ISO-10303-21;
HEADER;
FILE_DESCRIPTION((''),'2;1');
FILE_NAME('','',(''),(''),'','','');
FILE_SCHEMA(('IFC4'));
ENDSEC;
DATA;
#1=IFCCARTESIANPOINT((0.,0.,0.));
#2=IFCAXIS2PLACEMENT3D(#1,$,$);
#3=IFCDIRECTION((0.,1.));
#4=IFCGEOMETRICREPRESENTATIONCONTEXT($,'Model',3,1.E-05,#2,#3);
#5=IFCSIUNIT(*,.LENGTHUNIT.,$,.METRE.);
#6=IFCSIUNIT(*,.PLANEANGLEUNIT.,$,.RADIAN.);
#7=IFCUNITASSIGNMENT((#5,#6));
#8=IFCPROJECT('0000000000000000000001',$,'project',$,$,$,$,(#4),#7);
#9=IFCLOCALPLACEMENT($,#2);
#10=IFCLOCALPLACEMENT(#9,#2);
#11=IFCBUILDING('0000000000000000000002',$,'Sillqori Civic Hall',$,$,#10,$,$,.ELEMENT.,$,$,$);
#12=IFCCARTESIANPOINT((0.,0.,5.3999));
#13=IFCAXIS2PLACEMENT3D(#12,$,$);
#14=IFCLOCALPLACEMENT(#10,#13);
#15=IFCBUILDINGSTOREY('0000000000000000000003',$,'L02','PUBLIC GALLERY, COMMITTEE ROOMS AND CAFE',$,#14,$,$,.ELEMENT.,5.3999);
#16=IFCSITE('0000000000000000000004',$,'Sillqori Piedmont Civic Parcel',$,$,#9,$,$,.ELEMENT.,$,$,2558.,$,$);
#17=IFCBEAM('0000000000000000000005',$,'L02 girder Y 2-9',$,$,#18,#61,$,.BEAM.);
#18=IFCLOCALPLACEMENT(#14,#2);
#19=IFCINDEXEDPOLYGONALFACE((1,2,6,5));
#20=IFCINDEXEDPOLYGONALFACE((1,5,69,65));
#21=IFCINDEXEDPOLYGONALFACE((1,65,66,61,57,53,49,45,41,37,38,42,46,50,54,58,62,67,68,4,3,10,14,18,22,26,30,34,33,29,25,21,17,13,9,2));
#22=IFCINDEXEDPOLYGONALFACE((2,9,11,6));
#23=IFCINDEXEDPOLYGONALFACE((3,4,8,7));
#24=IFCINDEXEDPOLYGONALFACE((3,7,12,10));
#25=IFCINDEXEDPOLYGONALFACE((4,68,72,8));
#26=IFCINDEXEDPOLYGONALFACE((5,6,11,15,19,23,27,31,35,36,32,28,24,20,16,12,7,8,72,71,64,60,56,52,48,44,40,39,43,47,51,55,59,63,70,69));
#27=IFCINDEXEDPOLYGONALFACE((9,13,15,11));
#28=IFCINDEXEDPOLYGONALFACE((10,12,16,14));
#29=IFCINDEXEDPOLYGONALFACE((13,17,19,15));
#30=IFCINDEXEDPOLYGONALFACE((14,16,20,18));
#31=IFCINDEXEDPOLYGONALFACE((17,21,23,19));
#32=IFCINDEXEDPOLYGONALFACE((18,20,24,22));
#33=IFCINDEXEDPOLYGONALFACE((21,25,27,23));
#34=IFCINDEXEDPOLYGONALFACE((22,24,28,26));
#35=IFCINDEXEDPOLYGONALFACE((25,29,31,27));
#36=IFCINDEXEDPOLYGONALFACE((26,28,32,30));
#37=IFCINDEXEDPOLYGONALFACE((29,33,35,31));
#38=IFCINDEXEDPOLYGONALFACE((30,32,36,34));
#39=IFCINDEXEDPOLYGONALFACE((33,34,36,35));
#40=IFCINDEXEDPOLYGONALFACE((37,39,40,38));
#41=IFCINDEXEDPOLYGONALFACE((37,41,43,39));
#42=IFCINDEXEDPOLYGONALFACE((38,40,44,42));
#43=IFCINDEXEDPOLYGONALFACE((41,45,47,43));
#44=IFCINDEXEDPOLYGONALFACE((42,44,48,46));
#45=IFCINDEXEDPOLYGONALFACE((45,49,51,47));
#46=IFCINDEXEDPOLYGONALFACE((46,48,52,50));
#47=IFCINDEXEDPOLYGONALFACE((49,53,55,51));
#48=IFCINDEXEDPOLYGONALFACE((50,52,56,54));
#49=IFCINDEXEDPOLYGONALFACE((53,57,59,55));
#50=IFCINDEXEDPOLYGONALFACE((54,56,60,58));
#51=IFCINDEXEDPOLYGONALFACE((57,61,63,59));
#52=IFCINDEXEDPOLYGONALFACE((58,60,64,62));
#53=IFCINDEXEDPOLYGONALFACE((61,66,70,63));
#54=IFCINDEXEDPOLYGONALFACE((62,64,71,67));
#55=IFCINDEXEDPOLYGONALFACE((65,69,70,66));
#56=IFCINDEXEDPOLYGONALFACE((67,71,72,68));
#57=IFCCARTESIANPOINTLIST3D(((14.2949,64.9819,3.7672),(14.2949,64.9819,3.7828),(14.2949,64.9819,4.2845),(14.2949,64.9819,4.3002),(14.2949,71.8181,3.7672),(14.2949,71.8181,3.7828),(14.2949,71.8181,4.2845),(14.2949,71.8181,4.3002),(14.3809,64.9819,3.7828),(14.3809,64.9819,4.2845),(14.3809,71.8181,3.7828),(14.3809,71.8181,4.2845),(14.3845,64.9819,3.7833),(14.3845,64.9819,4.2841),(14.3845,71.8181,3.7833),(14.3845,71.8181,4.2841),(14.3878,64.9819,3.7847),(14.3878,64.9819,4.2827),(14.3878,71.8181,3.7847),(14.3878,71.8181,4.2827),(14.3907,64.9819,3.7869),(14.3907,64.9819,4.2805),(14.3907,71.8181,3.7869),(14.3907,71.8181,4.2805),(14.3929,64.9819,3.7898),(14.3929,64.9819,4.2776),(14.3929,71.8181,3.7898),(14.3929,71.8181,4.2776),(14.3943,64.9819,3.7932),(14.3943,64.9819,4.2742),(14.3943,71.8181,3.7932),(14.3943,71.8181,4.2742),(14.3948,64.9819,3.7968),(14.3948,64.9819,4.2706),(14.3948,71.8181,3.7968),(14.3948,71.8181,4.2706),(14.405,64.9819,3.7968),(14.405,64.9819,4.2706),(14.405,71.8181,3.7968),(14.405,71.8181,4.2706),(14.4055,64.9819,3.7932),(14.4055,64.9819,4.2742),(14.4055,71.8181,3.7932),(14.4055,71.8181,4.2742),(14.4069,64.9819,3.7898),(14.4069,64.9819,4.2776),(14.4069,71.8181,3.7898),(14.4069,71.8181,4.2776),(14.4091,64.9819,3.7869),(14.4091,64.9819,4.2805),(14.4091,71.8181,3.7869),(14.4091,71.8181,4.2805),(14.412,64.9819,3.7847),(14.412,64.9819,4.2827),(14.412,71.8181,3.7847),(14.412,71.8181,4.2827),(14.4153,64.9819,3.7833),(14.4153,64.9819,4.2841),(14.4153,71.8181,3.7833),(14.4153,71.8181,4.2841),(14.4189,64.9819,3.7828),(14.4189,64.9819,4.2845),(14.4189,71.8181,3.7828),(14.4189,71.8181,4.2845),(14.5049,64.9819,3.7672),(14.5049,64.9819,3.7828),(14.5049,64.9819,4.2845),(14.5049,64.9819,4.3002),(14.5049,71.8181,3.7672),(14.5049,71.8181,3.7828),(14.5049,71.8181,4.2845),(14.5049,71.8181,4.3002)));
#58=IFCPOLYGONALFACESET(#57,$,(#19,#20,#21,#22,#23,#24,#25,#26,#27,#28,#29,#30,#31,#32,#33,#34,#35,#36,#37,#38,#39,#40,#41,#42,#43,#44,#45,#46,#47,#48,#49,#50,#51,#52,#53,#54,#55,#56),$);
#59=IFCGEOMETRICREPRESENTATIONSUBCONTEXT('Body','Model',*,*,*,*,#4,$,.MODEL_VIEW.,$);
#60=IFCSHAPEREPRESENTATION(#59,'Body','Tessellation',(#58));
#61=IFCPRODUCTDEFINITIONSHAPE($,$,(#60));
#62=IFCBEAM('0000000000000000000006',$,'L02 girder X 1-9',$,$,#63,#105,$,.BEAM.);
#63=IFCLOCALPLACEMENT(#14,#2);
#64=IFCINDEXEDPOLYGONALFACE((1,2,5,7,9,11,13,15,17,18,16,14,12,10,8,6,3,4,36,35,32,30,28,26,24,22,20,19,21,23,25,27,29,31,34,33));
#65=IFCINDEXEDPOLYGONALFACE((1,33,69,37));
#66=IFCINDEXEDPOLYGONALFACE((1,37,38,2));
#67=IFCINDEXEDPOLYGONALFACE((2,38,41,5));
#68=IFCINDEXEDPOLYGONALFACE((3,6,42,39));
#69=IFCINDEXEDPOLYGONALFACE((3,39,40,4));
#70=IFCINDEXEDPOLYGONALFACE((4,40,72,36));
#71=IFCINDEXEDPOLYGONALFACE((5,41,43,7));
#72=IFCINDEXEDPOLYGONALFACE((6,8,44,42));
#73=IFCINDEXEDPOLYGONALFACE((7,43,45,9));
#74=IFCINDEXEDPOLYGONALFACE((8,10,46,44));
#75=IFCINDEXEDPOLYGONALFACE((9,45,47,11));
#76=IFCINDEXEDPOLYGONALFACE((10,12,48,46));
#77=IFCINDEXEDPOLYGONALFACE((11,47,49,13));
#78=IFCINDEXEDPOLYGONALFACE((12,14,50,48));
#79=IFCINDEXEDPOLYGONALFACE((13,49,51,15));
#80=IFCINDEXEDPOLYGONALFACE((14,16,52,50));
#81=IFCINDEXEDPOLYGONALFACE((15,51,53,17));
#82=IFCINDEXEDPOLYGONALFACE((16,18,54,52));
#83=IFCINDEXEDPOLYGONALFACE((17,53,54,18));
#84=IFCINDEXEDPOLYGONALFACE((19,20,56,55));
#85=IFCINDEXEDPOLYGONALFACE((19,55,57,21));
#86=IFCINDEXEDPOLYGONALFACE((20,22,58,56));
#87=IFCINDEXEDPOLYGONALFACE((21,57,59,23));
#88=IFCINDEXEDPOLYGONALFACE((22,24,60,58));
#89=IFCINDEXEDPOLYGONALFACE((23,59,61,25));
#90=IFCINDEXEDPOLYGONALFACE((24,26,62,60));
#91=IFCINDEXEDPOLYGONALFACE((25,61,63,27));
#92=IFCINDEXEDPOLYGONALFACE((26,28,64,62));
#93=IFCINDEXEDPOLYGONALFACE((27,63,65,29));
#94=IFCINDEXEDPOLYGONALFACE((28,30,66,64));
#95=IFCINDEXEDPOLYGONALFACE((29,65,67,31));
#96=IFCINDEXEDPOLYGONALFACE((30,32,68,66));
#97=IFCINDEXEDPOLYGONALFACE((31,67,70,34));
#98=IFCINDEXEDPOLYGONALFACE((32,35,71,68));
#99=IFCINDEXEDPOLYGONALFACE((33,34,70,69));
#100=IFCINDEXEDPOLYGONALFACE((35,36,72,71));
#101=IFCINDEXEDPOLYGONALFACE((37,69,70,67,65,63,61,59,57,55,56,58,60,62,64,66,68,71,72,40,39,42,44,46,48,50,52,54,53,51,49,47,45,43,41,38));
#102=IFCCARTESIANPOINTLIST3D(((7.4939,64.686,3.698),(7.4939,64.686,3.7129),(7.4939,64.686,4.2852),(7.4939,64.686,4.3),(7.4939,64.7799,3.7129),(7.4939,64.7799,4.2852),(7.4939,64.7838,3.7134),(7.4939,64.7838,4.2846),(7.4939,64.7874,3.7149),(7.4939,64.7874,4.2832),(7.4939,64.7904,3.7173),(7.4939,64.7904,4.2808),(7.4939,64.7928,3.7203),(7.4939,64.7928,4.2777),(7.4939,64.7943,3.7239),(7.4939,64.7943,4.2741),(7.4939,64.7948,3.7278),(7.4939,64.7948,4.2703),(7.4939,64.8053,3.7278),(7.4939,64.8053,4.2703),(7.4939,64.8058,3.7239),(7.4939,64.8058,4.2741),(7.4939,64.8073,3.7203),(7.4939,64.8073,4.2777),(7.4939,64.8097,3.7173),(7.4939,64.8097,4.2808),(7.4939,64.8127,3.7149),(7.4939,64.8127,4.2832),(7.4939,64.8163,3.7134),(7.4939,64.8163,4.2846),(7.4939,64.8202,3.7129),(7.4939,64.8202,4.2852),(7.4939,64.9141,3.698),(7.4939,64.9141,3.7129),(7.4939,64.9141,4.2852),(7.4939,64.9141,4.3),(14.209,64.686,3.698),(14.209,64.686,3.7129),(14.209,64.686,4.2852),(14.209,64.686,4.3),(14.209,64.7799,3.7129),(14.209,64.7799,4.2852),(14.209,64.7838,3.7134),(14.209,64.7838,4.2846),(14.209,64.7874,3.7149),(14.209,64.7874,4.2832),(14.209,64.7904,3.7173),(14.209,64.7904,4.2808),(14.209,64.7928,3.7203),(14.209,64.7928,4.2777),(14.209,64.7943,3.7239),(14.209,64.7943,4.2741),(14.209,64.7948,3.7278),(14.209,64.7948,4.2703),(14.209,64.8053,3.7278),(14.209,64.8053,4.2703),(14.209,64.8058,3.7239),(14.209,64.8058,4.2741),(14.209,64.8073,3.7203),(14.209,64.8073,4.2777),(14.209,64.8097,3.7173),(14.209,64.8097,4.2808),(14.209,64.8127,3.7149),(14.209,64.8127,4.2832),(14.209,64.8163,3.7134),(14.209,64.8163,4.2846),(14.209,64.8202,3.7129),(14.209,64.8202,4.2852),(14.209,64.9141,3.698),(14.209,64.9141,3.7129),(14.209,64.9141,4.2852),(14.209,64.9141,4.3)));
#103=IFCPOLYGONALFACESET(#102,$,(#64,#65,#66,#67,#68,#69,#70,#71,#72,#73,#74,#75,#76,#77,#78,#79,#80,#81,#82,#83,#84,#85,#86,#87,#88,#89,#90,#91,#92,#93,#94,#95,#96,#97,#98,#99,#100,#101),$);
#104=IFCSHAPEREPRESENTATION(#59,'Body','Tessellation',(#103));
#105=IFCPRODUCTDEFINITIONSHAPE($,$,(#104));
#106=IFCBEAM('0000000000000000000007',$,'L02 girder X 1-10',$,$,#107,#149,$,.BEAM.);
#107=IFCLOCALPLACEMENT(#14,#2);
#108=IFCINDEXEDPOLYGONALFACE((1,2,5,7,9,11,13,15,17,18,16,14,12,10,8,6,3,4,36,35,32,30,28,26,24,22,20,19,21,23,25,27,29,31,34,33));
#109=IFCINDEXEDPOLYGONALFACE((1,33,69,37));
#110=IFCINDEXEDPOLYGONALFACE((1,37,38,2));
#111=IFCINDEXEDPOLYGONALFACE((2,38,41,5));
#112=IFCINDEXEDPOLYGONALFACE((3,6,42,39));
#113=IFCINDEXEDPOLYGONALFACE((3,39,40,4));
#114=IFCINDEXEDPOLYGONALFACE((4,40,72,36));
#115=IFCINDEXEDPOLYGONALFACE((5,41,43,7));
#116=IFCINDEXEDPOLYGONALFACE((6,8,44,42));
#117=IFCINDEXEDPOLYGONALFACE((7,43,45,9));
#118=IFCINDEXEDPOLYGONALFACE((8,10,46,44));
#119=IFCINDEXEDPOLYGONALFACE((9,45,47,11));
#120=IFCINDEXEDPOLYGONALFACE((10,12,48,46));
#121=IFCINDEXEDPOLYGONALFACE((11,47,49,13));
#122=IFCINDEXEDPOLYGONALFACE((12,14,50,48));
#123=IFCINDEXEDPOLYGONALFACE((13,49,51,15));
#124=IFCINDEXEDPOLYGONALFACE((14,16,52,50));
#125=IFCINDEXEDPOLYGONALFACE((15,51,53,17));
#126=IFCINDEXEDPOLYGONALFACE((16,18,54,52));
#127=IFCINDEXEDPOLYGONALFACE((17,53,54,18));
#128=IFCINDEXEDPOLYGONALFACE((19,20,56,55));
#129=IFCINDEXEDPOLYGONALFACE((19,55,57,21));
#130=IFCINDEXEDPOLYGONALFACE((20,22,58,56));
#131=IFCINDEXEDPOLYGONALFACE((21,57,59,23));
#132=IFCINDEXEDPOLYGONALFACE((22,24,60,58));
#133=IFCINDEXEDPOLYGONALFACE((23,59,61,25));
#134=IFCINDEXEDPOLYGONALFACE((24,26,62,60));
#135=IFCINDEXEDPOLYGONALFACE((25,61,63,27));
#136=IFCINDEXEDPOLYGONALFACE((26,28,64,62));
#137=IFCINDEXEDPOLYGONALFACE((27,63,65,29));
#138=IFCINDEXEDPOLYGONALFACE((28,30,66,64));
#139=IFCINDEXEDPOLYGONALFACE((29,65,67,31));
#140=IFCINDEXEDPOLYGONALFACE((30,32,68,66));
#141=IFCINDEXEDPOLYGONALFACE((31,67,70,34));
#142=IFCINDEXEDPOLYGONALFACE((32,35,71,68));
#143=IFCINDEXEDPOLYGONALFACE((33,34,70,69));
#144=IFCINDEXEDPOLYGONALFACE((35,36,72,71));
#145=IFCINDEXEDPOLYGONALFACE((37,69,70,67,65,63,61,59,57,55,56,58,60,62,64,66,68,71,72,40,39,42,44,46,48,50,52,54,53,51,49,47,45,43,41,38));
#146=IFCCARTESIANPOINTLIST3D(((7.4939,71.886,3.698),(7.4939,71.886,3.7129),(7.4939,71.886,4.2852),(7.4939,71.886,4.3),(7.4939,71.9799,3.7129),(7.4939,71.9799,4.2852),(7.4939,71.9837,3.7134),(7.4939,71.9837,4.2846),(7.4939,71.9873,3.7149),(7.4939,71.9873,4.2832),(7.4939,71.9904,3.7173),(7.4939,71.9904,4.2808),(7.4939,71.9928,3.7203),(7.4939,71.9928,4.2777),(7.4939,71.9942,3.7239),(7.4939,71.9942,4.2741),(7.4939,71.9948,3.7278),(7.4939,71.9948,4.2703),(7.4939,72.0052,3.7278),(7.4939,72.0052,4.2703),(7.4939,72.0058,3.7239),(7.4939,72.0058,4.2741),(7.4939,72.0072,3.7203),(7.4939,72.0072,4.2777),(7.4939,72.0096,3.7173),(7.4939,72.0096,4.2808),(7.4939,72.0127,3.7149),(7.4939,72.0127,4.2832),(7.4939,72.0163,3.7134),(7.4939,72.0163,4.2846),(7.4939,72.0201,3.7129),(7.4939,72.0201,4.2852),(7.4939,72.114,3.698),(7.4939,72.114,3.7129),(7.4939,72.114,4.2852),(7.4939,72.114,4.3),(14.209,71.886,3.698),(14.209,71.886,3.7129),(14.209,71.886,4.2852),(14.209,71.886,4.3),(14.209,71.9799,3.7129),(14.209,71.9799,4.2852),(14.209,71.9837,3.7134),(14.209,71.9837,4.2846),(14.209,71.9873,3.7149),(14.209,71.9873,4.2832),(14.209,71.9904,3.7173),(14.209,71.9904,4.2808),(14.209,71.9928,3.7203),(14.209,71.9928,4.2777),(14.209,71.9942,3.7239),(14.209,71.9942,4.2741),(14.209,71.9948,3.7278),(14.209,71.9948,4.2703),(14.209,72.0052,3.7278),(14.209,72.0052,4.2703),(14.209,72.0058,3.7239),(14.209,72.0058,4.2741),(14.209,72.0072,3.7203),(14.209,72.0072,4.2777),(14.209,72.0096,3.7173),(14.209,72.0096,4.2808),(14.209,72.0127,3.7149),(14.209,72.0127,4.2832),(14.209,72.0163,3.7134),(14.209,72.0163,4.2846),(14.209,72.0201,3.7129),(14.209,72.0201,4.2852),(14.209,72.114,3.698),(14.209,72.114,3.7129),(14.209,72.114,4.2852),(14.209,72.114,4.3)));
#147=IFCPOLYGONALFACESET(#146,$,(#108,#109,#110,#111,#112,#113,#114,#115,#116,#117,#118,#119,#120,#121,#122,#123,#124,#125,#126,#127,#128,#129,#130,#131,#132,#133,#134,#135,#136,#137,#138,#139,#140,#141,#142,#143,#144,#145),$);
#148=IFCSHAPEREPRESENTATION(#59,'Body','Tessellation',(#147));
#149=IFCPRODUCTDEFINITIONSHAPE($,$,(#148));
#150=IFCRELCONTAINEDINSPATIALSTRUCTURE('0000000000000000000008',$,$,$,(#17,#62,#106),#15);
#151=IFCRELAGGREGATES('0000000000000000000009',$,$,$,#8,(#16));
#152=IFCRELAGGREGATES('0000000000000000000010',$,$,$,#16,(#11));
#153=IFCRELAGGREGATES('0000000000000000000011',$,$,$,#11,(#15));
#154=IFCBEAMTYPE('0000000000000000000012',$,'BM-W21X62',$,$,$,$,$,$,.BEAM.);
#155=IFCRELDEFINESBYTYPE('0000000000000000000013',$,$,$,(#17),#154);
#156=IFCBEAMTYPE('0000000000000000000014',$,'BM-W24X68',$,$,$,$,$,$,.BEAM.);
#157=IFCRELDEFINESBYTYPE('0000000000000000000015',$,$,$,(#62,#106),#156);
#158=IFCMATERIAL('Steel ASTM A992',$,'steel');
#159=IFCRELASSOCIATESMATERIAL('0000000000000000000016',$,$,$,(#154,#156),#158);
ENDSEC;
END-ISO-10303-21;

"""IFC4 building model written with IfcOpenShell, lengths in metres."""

from ifc_helpers import new_model, si_unit, direction, frame, origin, origin_2d, place, context, subcontext, project, spatial, i_section, extrude, material, material_profile, profile_set, type_object, element, save


model = new_model("IFC4")

# Units and contexts
model_context = context("Model", 3, precision=1e-05, world=origin(), true_north=direction((0.0, 1.0)))
body_context = subcontext(model_context, "Body", "Model", "MODEL_VIEW")
ifc_project = project(units=[si_unit("LENGTHUNIT", "METRE"), si_unit("PLANEANGLEUNIT", "RADIAN")], contexts=[model_context])

# Site, building, storey
site_placement = place(None, origin())
site = spatial("IfcSite", under=ifc_project, at=site_placement, Name="Sillqori Piedmont Civic Parcel", CompositionType="ELEMENT", RefElevation=2558.0)
building_placement = place(site_placement, origin())
building = spatial("IfcBuilding", under=site, at=building_placement, Name="Sillqori Civic Hall", CompositionType="ELEMENT")
storey_placement = place(building_placement, frame((0.0, 0.0, 5.3999)))
storey = spatial("IfcBuildingStorey", under=building, at=storey_placement, Name="L02", Description="PUBLIC GALLERY, COMMITTEE ROOMS AND CAFE", CompositionType="ELEMENT", Elevation=5.3999)

# Shared definitions
ifc_material_1 = material(Name="Steel ASTM A992", Category="steel")

# Beams
ifc_material_profile_1 = material_profile(ifc_material_1, i_section(OverallWidth=0.21, OverallDepth=0.533, WebThickness=0.0103, FlangeThickness=0.0156, FilletRadius=0.0139, at=origin_2d()), Name="W21X62")
ifc_profile_set_1 = profile_set([ifc_material_profile_1], Name="Steel ASTM A992")
beam_type_1 = type_object("IfcBeamType", Name="BM-W21X62", PredefinedType="BEAM", material=ifc_profile_set_1)
beam_1_placement = place(storey_placement, frame((14.3999, 64.9819, 4.0337), z_axis=(0.0, 1.0, 0.0), x_axis=(-1.0, 0.0, 0.0)))
element("IfcBeam", 1, at=beam_1_placement, inside=storey, type_object=beam_type_1, Name="L02 girder Y 2-9", PredefinedType="BEAM", context=body_context, shape_type="SweptSolid", body=[
    extrude(i_section(OverallWidth=0.21, OverallDepth=0.533, WebThickness=0.0103, FlangeThickness=0.0156, FilletRadius=0.0139, at=origin_2d()), origin(), (0.0, 0.0, 1.0), 6.8362),
])
ifc_material_profile_2 = material_profile(ifc_material_1, i_section(OverallWidth=0.228, OverallDepth=0.6021, WebThickness=0.0105, FlangeThickness=0.0149, FilletRadius=0.0149, at=origin_2d()), Name="W24X68")
ifc_profile_set_2 = profile_set([ifc_material_profile_2], Name="Steel ASTM A992")
beam_type_2 = type_object("IfcBeamType", Name="BM-W24X68", PredefinedType="BEAM", material=ifc_profile_set_2)
for number, where, z_axis, x_axis, name in (
    (2, (7.4939, 64.8, 3.999), (1.0, 0.0, 0.0), (0.0, 1.0, 0.0), "L02 girder X 1-9"),
    (3, (7.4939, 72.0, 3.999), (1.0, 0.0, 0.0), (0.0, 1.0, 0.0), "L02 girder X 1-10"),
):
    element("IfcBeam", number, at=place(storey_placement, frame(where, z_axis=z_axis, x_axis=x_axis)), inside=storey, type_object=beam_type_2, Name=name, PredefinedType="BEAM", context=body_context, shape_type="SweptSolid", body=[
        extrude(i_section(OverallWidth=0.228, OverallDepth=0.6021, WebThickness=0.0105, FlangeThickness=0.0149, FilletRadius=0.0149, at=origin_2d()), origin(), (0.0, 0.0, 1.0), 6.7151),
    ])

save(model, "model.ifc")
